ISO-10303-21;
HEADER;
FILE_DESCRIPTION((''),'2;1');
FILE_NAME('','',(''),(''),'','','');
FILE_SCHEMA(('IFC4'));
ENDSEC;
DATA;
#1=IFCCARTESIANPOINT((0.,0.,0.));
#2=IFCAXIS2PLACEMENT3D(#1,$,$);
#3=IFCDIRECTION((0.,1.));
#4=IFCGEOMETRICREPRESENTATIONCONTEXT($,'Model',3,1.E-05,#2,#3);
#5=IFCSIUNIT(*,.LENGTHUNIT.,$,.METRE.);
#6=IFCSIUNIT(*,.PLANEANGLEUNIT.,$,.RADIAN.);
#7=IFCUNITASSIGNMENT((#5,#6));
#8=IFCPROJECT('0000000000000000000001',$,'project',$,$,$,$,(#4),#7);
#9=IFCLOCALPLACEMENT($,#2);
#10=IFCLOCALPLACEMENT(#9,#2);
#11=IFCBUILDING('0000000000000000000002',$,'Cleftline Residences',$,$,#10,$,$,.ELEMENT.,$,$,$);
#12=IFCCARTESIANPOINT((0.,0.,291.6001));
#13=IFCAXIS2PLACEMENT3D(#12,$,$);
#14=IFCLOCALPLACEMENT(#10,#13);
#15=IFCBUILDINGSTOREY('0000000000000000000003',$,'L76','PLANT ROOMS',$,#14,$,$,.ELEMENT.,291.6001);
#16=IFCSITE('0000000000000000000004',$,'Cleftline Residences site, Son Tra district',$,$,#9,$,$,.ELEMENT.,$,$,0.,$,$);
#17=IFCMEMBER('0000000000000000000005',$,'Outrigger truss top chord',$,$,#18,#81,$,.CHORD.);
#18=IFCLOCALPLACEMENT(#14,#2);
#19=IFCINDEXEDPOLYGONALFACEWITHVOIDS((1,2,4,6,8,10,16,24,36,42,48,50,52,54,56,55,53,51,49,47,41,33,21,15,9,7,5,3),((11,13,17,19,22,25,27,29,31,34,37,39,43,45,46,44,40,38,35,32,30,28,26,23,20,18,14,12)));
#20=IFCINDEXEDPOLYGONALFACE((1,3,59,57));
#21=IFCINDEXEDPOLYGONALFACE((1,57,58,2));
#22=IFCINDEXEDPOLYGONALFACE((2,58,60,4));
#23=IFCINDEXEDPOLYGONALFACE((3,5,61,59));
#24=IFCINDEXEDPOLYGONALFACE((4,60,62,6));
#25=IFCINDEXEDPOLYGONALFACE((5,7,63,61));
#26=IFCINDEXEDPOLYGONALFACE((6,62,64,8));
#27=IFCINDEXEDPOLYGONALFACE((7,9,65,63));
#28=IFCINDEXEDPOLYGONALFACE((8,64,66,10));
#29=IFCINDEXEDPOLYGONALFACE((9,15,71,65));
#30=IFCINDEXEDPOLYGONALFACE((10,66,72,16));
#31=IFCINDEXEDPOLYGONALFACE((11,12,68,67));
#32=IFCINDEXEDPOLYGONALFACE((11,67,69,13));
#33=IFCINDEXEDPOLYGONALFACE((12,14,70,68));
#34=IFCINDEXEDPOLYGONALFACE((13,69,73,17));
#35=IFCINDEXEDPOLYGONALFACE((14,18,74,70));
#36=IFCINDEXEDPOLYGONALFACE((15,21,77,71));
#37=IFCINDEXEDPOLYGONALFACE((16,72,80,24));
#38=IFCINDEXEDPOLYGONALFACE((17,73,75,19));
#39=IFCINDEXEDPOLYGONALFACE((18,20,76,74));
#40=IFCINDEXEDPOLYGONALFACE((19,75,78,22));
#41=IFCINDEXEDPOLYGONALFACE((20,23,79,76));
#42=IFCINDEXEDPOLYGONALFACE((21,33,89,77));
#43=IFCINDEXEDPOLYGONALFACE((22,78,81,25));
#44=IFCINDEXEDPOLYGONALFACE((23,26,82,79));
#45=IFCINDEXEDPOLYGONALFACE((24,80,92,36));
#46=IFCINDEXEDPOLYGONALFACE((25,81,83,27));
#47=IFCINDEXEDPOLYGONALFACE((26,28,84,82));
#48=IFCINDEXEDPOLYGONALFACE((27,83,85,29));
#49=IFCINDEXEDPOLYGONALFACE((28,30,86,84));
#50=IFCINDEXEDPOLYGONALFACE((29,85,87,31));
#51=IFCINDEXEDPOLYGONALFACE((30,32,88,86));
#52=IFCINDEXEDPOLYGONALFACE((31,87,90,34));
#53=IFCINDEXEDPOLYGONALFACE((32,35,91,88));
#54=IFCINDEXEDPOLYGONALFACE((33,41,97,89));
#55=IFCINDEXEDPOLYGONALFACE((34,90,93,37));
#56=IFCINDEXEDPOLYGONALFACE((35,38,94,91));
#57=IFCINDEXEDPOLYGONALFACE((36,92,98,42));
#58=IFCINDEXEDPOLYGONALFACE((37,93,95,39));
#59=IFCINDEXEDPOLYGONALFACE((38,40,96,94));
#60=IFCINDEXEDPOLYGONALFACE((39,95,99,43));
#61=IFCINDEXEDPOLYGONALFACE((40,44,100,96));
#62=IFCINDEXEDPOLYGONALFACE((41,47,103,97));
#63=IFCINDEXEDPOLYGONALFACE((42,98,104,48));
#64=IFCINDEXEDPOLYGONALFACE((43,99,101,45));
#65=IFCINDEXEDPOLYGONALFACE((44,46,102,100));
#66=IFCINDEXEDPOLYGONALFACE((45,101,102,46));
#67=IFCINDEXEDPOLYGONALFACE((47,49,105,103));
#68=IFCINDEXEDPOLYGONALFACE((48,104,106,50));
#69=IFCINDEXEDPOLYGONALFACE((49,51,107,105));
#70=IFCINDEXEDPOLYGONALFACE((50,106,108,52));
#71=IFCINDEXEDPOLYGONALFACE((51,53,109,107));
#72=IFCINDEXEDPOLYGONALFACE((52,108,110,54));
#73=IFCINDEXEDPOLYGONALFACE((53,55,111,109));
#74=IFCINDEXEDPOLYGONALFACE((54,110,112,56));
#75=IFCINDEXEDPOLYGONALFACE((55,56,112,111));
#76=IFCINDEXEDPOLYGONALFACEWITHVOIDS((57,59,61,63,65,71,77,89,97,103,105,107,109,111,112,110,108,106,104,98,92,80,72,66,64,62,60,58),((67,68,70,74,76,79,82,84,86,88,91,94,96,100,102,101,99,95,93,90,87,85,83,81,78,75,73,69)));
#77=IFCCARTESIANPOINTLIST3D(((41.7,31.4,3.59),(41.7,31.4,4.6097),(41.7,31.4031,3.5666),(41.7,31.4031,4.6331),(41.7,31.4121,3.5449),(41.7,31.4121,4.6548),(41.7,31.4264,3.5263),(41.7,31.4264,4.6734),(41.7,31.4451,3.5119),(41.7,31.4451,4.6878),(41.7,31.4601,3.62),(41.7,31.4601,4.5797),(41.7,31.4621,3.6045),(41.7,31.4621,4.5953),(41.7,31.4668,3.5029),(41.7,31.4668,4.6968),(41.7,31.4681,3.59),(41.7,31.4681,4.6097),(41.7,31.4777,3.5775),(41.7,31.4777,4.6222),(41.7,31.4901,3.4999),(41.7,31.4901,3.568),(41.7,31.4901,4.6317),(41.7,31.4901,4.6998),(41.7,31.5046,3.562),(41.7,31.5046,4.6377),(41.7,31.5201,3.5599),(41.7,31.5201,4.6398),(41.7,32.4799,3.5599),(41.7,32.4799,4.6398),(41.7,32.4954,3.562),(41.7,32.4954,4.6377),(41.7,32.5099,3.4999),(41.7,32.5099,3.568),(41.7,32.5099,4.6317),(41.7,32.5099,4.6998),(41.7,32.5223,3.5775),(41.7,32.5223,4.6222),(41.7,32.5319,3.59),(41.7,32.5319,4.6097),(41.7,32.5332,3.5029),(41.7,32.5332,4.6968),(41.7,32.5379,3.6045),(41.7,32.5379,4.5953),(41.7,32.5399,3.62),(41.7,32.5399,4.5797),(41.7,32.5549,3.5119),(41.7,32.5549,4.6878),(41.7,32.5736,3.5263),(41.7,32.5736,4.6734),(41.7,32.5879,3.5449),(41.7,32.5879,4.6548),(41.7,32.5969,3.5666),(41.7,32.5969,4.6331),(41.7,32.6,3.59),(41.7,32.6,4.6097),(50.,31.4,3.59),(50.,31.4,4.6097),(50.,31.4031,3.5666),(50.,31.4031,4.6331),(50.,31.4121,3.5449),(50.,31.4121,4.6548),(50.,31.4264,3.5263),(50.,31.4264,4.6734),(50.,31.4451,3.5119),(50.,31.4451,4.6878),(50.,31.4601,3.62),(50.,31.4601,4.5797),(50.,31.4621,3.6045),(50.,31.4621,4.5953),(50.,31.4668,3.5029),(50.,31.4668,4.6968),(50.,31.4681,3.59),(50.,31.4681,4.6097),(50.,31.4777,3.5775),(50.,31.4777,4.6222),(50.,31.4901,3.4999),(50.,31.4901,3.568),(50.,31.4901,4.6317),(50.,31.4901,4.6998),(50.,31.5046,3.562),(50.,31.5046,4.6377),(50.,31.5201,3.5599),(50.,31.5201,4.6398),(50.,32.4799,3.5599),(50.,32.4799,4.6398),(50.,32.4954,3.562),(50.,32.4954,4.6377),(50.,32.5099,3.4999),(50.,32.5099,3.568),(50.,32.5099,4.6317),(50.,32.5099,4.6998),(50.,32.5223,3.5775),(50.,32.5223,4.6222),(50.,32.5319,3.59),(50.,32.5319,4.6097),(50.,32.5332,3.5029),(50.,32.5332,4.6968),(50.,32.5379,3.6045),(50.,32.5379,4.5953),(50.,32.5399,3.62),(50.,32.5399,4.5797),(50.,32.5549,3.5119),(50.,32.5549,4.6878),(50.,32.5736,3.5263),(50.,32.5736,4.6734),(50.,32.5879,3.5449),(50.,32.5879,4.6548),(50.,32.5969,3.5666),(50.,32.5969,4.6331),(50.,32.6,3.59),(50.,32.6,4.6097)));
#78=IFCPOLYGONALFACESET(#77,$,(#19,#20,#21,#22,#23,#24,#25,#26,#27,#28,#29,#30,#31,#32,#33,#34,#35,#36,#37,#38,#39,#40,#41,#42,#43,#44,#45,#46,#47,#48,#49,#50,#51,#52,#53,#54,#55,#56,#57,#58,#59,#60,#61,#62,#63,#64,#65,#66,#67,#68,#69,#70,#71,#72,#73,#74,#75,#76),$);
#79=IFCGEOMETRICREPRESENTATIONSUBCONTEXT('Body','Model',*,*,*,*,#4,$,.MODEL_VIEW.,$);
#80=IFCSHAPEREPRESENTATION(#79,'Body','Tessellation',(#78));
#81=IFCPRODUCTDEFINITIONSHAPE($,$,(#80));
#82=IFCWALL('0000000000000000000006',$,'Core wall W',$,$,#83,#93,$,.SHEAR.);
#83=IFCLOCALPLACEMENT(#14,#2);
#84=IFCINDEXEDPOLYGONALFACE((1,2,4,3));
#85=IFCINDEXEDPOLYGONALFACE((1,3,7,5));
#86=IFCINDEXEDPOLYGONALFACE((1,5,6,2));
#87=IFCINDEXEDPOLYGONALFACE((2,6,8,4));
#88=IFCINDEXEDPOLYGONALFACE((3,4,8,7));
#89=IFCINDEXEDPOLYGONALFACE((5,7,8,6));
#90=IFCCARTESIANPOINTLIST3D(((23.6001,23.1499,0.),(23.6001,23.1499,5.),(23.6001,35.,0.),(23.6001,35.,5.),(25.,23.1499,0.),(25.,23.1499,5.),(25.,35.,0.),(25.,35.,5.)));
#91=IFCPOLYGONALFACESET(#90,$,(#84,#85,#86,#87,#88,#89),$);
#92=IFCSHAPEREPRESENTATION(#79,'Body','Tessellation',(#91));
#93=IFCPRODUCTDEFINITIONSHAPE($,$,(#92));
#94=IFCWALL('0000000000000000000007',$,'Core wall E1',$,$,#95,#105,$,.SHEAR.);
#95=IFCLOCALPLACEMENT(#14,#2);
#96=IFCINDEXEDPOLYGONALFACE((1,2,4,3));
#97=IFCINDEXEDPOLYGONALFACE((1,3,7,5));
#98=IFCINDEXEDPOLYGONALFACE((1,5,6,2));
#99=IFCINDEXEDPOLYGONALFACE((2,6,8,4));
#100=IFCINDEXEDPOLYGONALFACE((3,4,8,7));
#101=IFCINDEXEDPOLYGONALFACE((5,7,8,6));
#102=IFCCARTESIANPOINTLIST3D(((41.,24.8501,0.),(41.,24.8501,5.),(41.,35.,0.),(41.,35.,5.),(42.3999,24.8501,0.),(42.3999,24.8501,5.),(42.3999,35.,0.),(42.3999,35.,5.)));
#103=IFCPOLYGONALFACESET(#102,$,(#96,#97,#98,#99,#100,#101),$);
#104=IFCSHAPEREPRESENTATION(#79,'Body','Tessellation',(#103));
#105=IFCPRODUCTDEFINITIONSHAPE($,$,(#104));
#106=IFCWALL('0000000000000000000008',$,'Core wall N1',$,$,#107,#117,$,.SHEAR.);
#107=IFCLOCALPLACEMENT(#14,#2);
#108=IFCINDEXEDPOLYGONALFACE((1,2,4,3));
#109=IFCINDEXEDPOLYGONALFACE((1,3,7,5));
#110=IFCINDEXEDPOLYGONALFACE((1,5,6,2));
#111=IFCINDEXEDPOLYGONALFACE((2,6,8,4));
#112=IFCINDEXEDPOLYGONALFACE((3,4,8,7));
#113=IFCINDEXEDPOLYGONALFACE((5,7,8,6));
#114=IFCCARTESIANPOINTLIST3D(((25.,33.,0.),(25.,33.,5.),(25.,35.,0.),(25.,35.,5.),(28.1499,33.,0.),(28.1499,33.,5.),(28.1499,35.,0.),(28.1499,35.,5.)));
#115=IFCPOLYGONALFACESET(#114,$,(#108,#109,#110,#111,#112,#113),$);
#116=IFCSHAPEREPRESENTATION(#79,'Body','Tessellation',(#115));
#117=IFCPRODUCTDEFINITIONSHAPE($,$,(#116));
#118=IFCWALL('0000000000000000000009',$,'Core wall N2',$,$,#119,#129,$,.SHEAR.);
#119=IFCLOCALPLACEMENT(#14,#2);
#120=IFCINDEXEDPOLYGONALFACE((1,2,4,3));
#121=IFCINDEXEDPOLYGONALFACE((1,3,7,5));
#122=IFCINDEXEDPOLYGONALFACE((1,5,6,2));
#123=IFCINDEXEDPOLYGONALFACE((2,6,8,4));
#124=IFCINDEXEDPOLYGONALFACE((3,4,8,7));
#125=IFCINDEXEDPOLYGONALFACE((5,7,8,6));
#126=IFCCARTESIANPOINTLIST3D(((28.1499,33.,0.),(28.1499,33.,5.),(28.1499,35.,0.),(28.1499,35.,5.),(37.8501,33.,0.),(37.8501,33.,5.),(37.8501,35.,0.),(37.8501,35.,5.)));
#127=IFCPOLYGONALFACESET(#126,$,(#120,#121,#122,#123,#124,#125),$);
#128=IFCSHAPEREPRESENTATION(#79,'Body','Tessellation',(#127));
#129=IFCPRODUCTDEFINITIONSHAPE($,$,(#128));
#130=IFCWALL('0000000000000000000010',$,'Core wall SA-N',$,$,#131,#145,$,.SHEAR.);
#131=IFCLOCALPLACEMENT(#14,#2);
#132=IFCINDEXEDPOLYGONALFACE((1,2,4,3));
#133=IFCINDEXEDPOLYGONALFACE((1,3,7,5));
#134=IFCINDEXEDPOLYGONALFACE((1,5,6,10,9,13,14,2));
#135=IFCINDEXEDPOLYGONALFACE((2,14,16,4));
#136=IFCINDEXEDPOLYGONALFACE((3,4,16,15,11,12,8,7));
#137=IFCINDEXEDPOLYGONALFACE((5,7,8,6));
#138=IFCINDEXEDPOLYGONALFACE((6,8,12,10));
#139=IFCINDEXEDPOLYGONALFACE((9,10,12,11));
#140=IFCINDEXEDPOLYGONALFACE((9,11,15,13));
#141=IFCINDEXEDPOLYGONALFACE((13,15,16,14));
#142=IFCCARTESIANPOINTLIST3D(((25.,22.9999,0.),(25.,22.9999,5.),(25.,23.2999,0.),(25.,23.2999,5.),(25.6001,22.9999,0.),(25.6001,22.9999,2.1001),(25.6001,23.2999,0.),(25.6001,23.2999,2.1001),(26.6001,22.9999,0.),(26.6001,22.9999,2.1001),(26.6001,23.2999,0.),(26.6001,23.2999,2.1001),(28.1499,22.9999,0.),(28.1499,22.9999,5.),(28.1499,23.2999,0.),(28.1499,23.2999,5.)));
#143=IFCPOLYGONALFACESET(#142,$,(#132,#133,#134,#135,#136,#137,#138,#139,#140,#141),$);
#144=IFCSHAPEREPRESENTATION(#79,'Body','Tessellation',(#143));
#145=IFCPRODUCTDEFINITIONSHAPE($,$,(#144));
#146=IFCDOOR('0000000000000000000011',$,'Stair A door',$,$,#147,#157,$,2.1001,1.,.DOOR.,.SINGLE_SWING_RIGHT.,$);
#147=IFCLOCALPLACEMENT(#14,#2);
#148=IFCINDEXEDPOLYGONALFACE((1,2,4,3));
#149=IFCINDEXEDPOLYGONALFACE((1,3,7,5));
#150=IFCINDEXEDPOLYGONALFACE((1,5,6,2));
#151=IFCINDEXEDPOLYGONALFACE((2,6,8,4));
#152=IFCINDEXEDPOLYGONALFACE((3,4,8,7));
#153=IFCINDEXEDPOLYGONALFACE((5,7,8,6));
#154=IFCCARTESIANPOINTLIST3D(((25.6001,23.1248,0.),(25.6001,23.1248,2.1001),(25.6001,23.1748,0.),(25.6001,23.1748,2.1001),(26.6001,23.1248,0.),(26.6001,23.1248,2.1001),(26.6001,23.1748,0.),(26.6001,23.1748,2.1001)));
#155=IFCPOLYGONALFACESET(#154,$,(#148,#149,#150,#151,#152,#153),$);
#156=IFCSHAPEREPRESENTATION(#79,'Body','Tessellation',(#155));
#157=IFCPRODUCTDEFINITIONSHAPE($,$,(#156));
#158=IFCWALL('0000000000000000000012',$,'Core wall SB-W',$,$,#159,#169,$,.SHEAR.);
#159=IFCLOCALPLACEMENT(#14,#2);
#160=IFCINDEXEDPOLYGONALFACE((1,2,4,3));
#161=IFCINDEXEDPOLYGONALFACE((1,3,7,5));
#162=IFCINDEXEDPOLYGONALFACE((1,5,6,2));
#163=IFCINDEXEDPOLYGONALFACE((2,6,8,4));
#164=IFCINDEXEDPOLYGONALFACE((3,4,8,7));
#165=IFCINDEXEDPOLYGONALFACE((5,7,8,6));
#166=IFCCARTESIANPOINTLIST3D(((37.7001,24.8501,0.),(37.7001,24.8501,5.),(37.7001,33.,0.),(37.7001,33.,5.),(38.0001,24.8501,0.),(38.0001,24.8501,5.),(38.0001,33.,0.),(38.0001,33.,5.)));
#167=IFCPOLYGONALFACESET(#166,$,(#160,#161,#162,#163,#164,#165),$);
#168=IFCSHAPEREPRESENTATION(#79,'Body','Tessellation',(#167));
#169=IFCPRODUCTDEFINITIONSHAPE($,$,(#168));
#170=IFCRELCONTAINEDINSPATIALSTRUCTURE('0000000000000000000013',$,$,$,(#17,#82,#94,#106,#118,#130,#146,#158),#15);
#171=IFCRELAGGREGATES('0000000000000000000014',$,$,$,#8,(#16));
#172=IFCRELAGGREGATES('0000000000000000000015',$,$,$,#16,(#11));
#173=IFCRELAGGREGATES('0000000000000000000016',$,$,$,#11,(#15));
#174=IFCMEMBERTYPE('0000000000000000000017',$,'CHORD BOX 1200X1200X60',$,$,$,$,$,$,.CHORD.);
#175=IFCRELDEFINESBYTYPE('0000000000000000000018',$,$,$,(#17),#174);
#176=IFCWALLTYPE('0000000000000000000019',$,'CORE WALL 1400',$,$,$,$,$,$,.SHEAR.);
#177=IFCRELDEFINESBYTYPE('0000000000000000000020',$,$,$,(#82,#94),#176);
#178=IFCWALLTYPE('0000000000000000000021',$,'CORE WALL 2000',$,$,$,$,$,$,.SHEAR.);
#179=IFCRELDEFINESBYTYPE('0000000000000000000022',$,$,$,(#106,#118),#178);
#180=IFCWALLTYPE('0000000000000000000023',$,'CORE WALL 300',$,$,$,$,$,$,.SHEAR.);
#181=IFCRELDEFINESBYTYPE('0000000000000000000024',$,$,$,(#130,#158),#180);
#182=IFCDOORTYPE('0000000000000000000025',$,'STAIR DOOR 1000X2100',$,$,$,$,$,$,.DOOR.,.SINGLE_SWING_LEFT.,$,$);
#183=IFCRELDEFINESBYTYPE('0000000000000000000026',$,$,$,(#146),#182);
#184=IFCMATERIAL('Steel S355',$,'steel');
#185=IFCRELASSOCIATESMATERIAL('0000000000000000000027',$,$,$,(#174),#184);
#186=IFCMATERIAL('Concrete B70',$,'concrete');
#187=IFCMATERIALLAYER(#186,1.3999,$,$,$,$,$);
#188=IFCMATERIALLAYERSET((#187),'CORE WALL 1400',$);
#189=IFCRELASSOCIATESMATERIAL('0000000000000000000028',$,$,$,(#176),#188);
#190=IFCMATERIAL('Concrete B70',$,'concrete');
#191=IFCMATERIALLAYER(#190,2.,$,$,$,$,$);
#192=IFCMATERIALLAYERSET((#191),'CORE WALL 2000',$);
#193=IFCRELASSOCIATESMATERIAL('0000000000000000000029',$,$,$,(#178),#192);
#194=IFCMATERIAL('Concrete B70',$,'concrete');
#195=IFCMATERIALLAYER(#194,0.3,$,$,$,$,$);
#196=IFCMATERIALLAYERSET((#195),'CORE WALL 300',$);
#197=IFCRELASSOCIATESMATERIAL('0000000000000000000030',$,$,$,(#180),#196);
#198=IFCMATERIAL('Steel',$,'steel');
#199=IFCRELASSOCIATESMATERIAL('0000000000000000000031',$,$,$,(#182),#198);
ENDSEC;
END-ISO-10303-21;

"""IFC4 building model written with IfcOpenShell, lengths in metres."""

from ifc_helpers import new_model, si_unit, direction, frame, frame_2d, origin, origin_2d, place, context, subcontext, project, spatial, rectangle, hollow_rectangle, extrude, material, layer, layer_set, material_profile, profile_set, type_object, element, fill, save


model = new_model("IFC4")

# Units and contexts
model_context = context("Model", 3, precision=1e-05, world=origin(), true_north=direction((0.0, 1.0)))
body_context = subcontext(model_context, "Body", "Model", "MODEL_VIEW")
ifc_project = project(units=[si_unit("LENGTHUNIT", "METRE"), si_unit("PLANEANGLEUNIT", "RADIAN")], contexts=[model_context])

# Site, building, storey
site_placement = place(None, origin())
site = spatial("IfcSite", under=ifc_project, at=site_placement, Name="Cleftline Residences site, Son Tra district", CompositionType="ELEMENT", RefElevation=0.0)
building_placement = place(site_placement, origin())
building = spatial("IfcBuilding", under=site, at=building_placement, Name="Cleftline Residences", CompositionType="ELEMENT")
storey_placement = place(building_placement, frame((0.0, 0.0, 291.6001)))
storey = spatial("IfcBuildingStorey", under=building, at=storey_placement, Name="L76", Description="PLANT ROOMS", CompositionType="ELEMENT", Elevation=291.6001)

# Member
ifc_material_1 = material(Name="Steel S355", Category="steel")
ifc_material_profile_1 = material_profile(ifc_material_1, hollow_rectangle(XDim=1.2, YDim=1.2, WallThickness=0.0601, InnerFilletRadius=0.0601, OuterFilletRadius=0.0901, at=origin_2d()))
ifc_profile_set_1 = profile_set([ifc_material_profile_1], Name="Steel S355")
member_type_1 = type_object("IfcMemberType", Name="CHORD BOX 1200X1200X60", PredefinedType="CHORD", material=ifc_profile_set_1)
for number, where, z_axis, x_axis, name in (
    (1, (41.7, 32.0, 4.0999), (1.0, 0.0, 0.0), (0.0, 1.0, 0.0), "Outrigger truss top chord"),
):
    element("IfcMember", number, at=place(storey_placement, frame(where, z_axis=z_axis, x_axis=x_axis)), inside=storey, type_object=member_type_1, Name=name, PredefinedType="CHORD", context=body_context, shape_type="SweptSolid", body=[
        extrude(hollow_rectangle(XDim=1.2, YDim=1.2, WallThickness=0.0601, InnerFilletRadius=0.0601, OuterFilletRadius=0.0901, at=origin_2d()), origin(), (0.0, 0.0, 1.0), 8.3),
    ])

# Walls
ifc_material_2 = material(Name="Concrete B70", Category="concrete")
ifc_layer_1 = layer(ifc_material_2, 1.3999)
ifc_layer_set_1 = layer_set([ifc_layer_1], Name="CORE WALL 1400")
wall_type_1 = type_object("IfcWallType", Name="CORE WALL 1400", PredefinedType="SHEAR", material=ifc_layer_set_1)
wall_1_placement = place(storey_placement, frame((24.3, 23.1499, 0.0), z_axis=(0.0, 0.0, 1.0), x_axis=(0.0, 1.0, 0.0)))
element("IfcWall", 2, at=wall_1_placement, inside=storey, type_object=wall_type_1, Name="Core wall W", PredefinedType="SHEAR", context=body_context, shape_type="SweptSolid", body=[
    extrude(rectangle(XDim=11.8501, YDim=1.3999, at=frame_2d((5.925, 0.0))), origin(), (0.0, 0.0, 1.0), 5.0),
])
wall_2_placement = place(storey_placement, frame((41.7, 24.8501, 0.0), z_axis=(0.0, 0.0, 1.0), x_axis=(0.0, 1.0, 0.0)))
element("IfcWall", 3, at=wall_2_placement, inside=storey, type_object=wall_type_1, Name="Core wall E1", PredefinedType="SHEAR", context=body_context, shape_type="SweptSolid", body=[
    extrude(rectangle(XDim=10.1499, YDim=1.3999, at=frame_2d((5.075, 0.0))), origin(), (0.0, 0.0, 1.0), 5.0),
])
ifc_material_3 = material(Name="Concrete B70", Category="concrete")
ifc_layer_2 = layer(ifc_material_3, 2.0)
ifc_layer_set_2 = layer_set([ifc_layer_2], Name="CORE WALL 2000")
wall_type_2 = type_object("IfcWallType", Name="CORE WALL 2000", PredefinedType="SHEAR", material=ifc_layer_set_2)
wall_3_placement = place(storey_placement, frame((25.0, 34.0, 0.0), z_axis=(0.0, 0.0, 1.0), x_axis=(1.0, 0.0, 0.0)))
element("IfcWall", 4, at=wall_3_placement, inside=storey, type_object=wall_type_2, Name="Core wall N1", PredefinedType="SHEAR", context=body_context, shape_type="SweptSolid", body=[
    extrude(rectangle(XDim=3.1499, YDim=2.0, at=frame_2d((1.575, 0.0))), origin(), (0.0, 0.0, 1.0), 5.0),
])
wall_4_placement = place(storey_placement, frame((28.1499, 34.0, 0.0), z_axis=(0.0, 0.0, 1.0), x_axis=(1.0, 0.0, 0.0)))
element("IfcWall", 5, at=wall_4_placement, inside=storey, type_object=wall_type_2, Name="Core wall N2", PredefinedType="SHEAR", context=body_context, shape_type="SweptSolid", body=[
    extrude(rectangle(XDim=9.7002, YDim=2.0, at=frame_2d((4.8501, 0.0))), origin(), (0.0, 0.0, 1.0), 5.0),
])

# Wall, opening, door
ifc_material_4 = material(Name="Concrete B70", Category="concrete")
ifc_layer_3 = layer(ifc_material_4, 0.3)
ifc_layer_set_3 = layer_set([ifc_layer_3], Name="CORE WALL 300")
wall_type_3 = type_object("IfcWallType", Name="CORE WALL 300", PredefinedType="SHEAR", material=ifc_layer_set_3)
wall_5_placement = place(storey_placement, frame((25.0, 23.1499, 0.0), z_axis=(0.0, 0.0, 1.0), x_axis=(1.0, 0.0, 0.0)))
wall_5 = element("IfcWall", 6, at=wall_5_placement, inside=storey, type_object=wall_type_3, Name="Core wall SA-N", PredefinedType="SHEAR", context=body_context, shape_type="SweptSolid", body=[
    extrude(rectangle(XDim=3.1499, YDim=0.3, at=frame_2d((1.575, 0.0))), origin(), (0.0, 0.0, 1.0), 5.0),
])
opening_1_placement = place(wall_5_placement, frame((0.6001, 0.0, 0.0)))
opening_1 = element("IfcOpeningElement", 7, at=opening_1_placement, cuts=wall_5, PredefinedType="OPENING", context=body_context, shape_type="SweptSolid", body=[
    extrude(rectangle(XDim=1.0, YDim=2.1001, at=frame_2d((0.5, 1.05))), frame((0.0, 0.1599, 0.0), z_axis=(0.0, -1.0, 0.0), x_axis=(1.0, 0.0, 0.0)), (0.0, 0.0, 1.0), 0.3201),
])
ifc_material_5 = material(Name="Steel", Category="steel")
door_type_1 = type_object("IfcDoorType", Name="STAIR DOOR 1000X2100", OperationType="SINGLE_SWING_LEFT", PredefinedType="DOOR", material=ifc_material_5)
door_1_placement = place(opening_1_placement, origin())
door_1 = element("IfcDoor", 8, at=door_1_placement, inside=storey, type_object=door_type_1, Name="Stair A door", OperationType="SINGLE_SWING_RIGHT", OverallHeight=2.1001, OverallWidth=1.0, PredefinedType="DOOR", context=body_context, shape_type="SweptSolid", body=[
    extrude(rectangle(XDim=1.0, YDim=2.1001, at=frame_2d((0.5, 1.05))), frame((0.0, 0.0249, 0.0), z_axis=(0.0, -1.0, 0.0), x_axis=(1.0, 0.0, 0.0)), (0.0, 0.0, 1.0), 0.05),
])
fill(opening_1, door_1)

# Wall
wall_6_placement = place(storey_placement, frame((37.8501, 24.8501, 0.0), z_axis=(0.0, 0.0, 1.0), x_axis=(0.0, 1.0, 0.0)))
element("IfcWall", 9, at=wall_6_placement, inside=storey, type_object=wall_type_3, Name="Core wall SB-W", PredefinedType="SHEAR", context=body_context, shape_type="SweptSolid", body=[
    extrude(rectangle(XDim=8.1499, YDim=0.3, at=frame_2d((4.075, 0.0))), origin(), (0.0, 0.0, 1.0), 5.0),
])

save(model, "model.ifc")
